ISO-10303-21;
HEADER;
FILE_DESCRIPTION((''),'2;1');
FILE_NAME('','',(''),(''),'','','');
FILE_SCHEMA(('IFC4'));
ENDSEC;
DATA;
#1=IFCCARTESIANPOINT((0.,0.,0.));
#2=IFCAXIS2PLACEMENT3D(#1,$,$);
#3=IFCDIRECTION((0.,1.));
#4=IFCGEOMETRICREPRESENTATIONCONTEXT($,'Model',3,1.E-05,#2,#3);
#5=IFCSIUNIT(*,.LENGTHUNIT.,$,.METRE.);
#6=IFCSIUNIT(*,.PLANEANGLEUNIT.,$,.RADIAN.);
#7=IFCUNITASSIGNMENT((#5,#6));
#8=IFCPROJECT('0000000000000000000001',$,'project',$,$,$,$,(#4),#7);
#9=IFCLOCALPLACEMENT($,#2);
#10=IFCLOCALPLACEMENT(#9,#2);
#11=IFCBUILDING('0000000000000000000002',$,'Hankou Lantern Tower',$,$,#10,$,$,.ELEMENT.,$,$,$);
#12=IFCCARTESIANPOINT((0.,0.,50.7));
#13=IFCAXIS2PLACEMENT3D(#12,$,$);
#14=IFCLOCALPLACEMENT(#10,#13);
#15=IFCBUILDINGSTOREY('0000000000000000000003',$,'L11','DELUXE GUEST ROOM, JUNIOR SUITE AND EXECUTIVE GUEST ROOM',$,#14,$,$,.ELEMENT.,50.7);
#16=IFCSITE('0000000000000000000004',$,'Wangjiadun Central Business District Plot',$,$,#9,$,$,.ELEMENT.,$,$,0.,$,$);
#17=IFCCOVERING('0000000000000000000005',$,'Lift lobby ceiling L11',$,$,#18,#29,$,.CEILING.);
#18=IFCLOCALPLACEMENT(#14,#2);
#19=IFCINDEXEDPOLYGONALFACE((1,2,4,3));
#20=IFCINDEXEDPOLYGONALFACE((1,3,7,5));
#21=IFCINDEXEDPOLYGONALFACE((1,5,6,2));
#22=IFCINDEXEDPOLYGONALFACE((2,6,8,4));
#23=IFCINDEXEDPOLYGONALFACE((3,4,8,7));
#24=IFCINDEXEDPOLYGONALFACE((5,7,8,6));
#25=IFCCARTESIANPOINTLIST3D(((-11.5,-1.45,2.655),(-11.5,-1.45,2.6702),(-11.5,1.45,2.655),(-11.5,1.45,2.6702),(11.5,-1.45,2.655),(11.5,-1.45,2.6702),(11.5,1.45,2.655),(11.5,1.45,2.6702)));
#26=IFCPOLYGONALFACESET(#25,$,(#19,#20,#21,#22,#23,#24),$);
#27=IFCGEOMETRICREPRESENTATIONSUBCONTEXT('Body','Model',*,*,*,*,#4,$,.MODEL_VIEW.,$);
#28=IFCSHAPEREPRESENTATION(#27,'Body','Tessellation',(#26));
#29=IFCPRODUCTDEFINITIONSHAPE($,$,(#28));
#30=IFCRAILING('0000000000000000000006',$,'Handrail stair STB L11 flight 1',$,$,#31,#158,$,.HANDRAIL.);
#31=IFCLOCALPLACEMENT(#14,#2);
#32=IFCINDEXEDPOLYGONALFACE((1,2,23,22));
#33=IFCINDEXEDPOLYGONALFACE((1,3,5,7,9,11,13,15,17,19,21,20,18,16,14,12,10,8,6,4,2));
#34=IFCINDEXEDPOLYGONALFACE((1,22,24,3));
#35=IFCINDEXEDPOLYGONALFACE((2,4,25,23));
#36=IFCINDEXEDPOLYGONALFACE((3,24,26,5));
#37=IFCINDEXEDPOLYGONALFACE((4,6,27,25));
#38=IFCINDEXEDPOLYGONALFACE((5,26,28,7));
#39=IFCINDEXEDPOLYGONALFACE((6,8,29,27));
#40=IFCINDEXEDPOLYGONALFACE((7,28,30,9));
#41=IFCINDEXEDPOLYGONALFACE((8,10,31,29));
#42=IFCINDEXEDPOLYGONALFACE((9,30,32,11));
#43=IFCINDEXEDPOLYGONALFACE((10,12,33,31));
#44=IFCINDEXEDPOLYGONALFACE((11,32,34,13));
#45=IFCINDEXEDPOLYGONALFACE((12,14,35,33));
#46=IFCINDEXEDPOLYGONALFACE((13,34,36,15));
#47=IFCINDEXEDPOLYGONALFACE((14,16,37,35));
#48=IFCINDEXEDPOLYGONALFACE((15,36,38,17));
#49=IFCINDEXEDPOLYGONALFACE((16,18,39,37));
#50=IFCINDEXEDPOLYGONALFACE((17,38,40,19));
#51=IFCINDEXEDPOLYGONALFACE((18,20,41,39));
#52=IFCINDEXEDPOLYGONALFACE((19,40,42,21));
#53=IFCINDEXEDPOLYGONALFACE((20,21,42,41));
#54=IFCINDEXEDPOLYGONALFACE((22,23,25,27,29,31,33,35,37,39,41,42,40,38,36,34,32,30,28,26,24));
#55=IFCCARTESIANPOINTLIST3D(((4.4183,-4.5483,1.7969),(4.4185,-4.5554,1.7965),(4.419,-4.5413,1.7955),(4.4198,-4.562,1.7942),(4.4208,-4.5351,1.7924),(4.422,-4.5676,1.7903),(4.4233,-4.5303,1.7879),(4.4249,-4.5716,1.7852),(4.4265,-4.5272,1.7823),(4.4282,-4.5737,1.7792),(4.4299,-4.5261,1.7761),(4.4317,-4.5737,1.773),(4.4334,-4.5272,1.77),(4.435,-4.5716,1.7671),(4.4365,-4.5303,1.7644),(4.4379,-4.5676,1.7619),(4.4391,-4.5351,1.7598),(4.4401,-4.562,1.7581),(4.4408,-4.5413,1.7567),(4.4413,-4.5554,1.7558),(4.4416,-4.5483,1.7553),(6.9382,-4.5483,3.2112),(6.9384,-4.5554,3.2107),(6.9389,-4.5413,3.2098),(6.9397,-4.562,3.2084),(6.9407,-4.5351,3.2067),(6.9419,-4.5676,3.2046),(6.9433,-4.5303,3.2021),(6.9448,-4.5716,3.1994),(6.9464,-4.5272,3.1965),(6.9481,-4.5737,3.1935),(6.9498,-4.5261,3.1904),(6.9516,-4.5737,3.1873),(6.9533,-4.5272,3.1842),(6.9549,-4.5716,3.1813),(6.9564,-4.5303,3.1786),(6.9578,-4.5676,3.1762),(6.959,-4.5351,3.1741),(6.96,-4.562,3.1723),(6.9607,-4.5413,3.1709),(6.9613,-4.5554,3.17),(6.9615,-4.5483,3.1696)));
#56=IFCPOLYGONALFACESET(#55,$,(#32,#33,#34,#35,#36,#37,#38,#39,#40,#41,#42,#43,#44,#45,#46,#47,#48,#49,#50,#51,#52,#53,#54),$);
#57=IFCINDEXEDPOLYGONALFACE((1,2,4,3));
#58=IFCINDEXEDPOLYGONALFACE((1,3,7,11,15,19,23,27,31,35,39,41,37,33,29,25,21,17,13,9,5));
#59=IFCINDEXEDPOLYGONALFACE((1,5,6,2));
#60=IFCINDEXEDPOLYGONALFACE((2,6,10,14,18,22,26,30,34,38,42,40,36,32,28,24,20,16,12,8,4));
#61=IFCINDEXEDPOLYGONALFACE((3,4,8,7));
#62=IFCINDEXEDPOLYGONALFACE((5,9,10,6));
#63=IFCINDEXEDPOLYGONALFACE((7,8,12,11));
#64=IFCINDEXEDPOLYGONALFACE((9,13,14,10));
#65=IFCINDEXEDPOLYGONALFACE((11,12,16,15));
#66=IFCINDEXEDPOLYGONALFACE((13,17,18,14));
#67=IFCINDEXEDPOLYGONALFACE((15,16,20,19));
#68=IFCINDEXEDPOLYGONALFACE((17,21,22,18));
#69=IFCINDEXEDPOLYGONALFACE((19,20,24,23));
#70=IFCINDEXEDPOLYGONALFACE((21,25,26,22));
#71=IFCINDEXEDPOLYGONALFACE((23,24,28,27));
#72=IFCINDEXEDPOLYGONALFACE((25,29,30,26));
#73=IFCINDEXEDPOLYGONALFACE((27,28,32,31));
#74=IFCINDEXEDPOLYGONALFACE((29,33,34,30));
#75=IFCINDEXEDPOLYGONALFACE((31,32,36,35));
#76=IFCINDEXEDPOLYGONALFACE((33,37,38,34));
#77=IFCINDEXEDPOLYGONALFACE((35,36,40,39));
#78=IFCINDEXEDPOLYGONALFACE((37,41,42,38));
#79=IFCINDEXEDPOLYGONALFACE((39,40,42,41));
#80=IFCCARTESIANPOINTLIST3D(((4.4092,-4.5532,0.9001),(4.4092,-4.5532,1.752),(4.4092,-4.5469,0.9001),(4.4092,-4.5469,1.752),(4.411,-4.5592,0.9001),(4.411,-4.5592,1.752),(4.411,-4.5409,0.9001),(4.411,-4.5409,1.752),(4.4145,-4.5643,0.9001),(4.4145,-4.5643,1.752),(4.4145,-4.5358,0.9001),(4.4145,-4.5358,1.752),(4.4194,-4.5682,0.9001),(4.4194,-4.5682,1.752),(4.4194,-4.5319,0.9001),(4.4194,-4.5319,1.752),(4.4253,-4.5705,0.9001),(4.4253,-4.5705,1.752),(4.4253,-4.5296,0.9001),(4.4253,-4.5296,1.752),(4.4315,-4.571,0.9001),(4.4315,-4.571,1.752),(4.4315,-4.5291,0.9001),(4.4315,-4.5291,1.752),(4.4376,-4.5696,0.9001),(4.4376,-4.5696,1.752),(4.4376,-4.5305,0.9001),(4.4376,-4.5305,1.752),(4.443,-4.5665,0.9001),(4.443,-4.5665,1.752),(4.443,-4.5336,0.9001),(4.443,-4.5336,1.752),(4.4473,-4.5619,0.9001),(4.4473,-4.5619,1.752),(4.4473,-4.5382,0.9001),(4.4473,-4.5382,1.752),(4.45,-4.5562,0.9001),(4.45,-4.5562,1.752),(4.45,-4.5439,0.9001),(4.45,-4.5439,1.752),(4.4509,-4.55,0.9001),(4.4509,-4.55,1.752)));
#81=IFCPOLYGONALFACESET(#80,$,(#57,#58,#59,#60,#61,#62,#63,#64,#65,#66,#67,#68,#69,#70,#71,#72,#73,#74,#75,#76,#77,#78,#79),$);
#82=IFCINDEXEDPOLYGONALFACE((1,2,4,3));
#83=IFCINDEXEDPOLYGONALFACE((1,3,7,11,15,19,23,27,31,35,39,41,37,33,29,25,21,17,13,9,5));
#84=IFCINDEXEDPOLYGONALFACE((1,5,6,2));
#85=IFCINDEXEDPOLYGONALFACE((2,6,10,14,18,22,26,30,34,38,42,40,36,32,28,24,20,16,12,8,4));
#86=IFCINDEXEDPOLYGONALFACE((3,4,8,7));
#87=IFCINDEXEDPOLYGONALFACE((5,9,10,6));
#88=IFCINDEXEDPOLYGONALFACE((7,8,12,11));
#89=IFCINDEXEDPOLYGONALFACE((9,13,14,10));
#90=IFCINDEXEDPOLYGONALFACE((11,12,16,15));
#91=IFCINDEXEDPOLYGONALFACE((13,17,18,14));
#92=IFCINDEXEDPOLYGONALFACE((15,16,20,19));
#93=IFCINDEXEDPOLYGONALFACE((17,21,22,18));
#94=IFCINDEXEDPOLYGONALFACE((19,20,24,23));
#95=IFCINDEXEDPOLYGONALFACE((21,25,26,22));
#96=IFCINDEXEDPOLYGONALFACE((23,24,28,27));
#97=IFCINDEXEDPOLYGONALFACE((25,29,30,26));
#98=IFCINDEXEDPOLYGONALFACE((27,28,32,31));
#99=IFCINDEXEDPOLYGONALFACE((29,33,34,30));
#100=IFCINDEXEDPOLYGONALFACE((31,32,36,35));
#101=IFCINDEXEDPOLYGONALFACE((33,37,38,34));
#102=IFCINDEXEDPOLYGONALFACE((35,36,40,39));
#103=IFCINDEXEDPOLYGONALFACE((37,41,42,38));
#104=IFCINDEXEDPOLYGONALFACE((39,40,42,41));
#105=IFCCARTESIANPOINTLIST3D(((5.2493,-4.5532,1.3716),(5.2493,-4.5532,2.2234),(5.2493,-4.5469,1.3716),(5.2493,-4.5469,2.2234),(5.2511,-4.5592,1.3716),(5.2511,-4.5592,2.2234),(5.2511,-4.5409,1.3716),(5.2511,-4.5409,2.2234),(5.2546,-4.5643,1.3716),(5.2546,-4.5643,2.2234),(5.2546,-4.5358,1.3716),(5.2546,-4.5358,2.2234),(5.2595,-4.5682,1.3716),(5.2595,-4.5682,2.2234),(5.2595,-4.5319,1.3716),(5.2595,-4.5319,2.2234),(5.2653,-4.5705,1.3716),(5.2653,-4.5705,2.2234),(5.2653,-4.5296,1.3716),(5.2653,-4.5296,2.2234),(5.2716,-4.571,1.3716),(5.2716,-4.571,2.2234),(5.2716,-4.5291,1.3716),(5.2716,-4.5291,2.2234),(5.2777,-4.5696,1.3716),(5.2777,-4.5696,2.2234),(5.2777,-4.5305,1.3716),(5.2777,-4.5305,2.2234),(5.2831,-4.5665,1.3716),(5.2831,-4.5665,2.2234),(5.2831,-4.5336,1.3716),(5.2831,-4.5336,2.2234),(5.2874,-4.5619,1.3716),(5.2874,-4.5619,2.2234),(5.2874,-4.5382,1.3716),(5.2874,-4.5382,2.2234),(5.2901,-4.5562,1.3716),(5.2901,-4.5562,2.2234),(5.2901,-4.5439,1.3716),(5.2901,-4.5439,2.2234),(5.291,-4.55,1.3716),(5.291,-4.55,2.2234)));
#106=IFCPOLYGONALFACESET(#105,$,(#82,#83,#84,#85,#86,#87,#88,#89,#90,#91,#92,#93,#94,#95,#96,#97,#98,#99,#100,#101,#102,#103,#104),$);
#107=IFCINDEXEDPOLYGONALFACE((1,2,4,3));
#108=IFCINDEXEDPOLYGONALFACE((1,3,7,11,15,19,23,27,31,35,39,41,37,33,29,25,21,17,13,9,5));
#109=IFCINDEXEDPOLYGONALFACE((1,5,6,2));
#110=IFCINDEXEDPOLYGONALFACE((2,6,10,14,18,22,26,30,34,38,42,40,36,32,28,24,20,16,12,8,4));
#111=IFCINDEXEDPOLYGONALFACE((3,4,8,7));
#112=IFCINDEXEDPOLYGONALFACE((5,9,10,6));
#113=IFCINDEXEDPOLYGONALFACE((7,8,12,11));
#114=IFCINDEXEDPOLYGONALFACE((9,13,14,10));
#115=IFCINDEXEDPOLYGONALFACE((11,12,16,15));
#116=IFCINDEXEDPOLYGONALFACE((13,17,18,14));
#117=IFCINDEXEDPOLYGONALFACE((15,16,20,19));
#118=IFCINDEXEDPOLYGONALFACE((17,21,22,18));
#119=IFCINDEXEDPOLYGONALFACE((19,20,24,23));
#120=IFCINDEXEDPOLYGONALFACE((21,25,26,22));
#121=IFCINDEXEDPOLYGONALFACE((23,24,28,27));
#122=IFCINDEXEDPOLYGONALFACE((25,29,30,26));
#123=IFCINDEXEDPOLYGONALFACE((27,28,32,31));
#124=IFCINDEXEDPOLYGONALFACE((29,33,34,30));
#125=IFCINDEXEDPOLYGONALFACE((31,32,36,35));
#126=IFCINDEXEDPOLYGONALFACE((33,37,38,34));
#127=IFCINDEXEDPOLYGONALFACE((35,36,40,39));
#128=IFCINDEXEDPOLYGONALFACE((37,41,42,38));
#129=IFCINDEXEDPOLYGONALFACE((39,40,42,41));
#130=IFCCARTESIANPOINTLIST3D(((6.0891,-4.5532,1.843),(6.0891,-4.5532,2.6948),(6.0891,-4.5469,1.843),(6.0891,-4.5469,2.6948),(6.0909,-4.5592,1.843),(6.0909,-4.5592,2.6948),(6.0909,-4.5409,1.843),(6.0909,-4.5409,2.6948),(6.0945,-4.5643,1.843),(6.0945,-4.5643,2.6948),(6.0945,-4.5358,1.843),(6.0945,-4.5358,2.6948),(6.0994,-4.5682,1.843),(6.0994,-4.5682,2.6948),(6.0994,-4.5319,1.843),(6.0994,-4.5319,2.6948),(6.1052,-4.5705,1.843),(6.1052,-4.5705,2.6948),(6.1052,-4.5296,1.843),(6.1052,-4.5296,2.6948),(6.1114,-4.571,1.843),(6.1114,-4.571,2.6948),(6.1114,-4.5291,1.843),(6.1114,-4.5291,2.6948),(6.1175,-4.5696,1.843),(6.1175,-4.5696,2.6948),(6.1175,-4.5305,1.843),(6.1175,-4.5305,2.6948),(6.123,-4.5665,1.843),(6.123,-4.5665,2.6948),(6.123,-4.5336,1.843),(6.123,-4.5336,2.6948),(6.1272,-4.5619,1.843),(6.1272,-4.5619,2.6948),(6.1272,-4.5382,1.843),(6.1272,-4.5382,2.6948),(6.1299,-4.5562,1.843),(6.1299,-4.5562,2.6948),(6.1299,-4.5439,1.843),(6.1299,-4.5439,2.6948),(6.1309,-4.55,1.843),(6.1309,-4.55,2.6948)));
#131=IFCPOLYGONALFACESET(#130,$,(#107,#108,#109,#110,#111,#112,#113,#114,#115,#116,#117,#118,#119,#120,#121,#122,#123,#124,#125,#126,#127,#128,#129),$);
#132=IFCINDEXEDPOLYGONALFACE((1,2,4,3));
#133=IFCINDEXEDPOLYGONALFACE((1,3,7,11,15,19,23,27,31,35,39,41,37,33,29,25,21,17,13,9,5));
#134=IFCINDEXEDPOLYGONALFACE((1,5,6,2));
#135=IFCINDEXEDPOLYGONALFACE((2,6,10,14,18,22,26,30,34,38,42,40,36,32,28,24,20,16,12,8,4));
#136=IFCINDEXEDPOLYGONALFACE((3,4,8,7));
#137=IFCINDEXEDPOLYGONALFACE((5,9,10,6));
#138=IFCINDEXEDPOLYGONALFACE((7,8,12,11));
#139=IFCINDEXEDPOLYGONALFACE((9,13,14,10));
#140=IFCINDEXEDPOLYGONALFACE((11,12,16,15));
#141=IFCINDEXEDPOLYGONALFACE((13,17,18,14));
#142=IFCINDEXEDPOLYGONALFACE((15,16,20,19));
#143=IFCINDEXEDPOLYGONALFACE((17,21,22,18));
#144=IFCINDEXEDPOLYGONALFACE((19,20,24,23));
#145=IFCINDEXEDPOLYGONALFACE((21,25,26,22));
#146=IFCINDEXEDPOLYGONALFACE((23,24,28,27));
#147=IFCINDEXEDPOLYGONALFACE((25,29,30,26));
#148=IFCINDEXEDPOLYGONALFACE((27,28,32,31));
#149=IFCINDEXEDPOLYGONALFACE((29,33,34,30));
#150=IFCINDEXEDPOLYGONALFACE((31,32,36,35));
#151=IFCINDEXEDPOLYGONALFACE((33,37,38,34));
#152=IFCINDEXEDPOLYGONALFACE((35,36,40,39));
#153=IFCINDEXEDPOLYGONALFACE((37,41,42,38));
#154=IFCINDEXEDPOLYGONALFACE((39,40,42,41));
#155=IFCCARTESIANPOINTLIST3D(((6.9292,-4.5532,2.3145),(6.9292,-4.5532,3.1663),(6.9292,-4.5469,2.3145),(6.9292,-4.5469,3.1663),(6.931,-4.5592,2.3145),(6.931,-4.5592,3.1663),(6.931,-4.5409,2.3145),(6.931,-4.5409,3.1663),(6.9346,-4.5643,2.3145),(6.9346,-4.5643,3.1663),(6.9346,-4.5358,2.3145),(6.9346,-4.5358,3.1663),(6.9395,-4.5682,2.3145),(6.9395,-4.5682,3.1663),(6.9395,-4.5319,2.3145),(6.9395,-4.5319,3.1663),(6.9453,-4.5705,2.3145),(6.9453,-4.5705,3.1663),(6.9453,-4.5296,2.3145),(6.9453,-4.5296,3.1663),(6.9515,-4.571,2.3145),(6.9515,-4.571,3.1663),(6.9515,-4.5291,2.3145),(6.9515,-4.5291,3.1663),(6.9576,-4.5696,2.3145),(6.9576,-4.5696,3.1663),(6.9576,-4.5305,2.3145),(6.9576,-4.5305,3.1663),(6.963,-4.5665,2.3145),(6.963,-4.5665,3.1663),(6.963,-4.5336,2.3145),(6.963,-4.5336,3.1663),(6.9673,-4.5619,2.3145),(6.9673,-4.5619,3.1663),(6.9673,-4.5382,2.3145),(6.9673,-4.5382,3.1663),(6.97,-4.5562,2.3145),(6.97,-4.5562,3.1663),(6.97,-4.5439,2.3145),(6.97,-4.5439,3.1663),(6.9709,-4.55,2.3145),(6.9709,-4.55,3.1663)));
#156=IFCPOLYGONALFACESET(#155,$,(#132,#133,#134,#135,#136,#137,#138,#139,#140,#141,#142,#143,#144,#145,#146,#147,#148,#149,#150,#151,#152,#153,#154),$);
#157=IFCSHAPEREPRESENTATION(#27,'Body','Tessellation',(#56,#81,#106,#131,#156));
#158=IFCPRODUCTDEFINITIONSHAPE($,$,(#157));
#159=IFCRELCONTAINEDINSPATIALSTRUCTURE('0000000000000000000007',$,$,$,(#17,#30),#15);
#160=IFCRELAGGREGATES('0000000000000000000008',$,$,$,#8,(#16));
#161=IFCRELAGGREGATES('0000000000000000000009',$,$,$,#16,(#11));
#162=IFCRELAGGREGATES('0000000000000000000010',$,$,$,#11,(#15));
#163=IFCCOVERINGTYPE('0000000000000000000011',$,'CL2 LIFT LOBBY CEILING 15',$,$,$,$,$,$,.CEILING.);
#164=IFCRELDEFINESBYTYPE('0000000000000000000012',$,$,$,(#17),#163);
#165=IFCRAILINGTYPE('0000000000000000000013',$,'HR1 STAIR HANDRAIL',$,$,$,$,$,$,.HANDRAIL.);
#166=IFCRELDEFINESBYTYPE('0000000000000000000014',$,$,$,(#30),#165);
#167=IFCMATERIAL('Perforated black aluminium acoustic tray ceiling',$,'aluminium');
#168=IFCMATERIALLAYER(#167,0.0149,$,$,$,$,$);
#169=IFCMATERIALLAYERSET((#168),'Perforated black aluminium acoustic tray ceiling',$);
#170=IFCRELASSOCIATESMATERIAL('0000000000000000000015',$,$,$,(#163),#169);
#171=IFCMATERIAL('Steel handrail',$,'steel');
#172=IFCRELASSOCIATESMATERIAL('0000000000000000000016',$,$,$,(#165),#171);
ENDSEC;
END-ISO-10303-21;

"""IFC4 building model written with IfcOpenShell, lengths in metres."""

from ifc_helpers import new_model, si_unit, direction, frame, origin, origin_2d, place, context, subcontext, project, spatial, polyline, circle, outline, extrude, material, layer, layer_set, type_object, element, save


model = new_model("IFC4")

# Units and contexts
model_context = context("Model", 3, precision=1e-05, world=origin(), true_north=direction((0.0, 1.0)))
body_context = subcontext(model_context, "Body", "Model", "MODEL_VIEW")
ifc_project = project(units=[si_unit("LENGTHUNIT", "METRE"), si_unit("PLANEANGLEUNIT", "RADIAN")], contexts=[model_context])

# Site, building, storey
site_placement = place(None, origin())
site = spatial("IfcSite", under=ifc_project, at=site_placement, Name="Wangjiadun Central Business District Plot", CompositionType="ELEMENT", RefElevation=0.0)
building_placement = place(site_placement, origin())
building = spatial("IfcBuilding", under=site, at=building_placement, Name="Hankou Lantern Tower", CompositionType="ELEMENT")
storey_placement = place(building_placement, frame((0.0, 0.0, 50.7)))
storey = spatial("IfcBuildingStorey", under=building, at=storey_placement, Name="L11", Description="DELUXE GUEST ROOM, JUNIOR SUITE AND EXECUTIVE GUEST ROOM", CompositionType="ELEMENT", Elevation=50.7)

# Covering
ifc_material_1 = material(Name="Perforated black aluminium acoustic tray ceiling", Category="aluminium")
ifc_layer_1 = layer(ifc_material_1, 0.0149)
ifc_layer_set_1 = layer_set([ifc_layer_1], Name="Perforated black aluminium acoustic tray ceiling")
covering_type_1 = type_object("IfcCoveringType", Name="CL2 LIFT LOBBY CEILING 15", PredefinedType="CEILING", material=ifc_layer_set_1)
covering_1_placement = place(storey_placement, frame((0.0, 0.0, 2.655)))
element("IfcCovering", 1, at=covering_1_placement, inside=storey, type_object=covering_type_1, Name="Lift lobby ceiling L11", PredefinedType="CEILING", context=body_context, shape_type="SweptSolid", body=[
    extrude(outline(polyline([(-11.5, -1.45), (11.5, -1.45), (11.5, 1.45), (-11.5, 1.45), (-11.5, -1.45)])), origin(), (0.0, 0.0, 1.0), 0.0151),
])

# Railing
ifc_material_2 = material(Name="Steel handrail", Category="steel")
railing_type = type_object("IfcRailingType", Name="HR1 STAIR HANDRAIL", PredefinedType="HANDRAIL", material=ifc_material_2)
railing_placement = place(storey_placement, frame((4.4299, -4.55, 0.9001)))
element("IfcRailing", 2, at=railing_placement, inside=storey, type_object=railing_type, Name="Handrail stair STB L11 flight 1", PredefinedType="HANDRAIL", context=body_context, shape_type="SweptSolid", body=[
    extrude(circle(Radius=0.0239, at=origin_2d()), frame((0.0, 0.0, 0.876), z_axis=(0.872049, 0.0, 0.489419), x_axis=(0.0, 1.0, 0.0)), (0.0, 0.0, 1.0), 2.8896),
    extrude(circle(Radius=0.021, at=origin_2d()), origin(), (0.0, 0.0, 1.0), 0.8518),
    extrude(circle(Radius=0.021, at=origin_2d()), frame((0.8401, 0.0, 0.4714)), (0.0, 0.0, 1.0), 0.8518),
    extrude(circle(Radius=0.021, at=origin_2d()), frame((1.6799, 0.0, 0.9429)), (0.0, 0.0, 1.0), 0.8518),
    extrude(circle(Radius=0.021, at=origin_2d()), frame((2.52, 0.0, 1.4143)), (0.0, 0.0, 1.0), 0.8518),
])

save(model, "model.ifc")
